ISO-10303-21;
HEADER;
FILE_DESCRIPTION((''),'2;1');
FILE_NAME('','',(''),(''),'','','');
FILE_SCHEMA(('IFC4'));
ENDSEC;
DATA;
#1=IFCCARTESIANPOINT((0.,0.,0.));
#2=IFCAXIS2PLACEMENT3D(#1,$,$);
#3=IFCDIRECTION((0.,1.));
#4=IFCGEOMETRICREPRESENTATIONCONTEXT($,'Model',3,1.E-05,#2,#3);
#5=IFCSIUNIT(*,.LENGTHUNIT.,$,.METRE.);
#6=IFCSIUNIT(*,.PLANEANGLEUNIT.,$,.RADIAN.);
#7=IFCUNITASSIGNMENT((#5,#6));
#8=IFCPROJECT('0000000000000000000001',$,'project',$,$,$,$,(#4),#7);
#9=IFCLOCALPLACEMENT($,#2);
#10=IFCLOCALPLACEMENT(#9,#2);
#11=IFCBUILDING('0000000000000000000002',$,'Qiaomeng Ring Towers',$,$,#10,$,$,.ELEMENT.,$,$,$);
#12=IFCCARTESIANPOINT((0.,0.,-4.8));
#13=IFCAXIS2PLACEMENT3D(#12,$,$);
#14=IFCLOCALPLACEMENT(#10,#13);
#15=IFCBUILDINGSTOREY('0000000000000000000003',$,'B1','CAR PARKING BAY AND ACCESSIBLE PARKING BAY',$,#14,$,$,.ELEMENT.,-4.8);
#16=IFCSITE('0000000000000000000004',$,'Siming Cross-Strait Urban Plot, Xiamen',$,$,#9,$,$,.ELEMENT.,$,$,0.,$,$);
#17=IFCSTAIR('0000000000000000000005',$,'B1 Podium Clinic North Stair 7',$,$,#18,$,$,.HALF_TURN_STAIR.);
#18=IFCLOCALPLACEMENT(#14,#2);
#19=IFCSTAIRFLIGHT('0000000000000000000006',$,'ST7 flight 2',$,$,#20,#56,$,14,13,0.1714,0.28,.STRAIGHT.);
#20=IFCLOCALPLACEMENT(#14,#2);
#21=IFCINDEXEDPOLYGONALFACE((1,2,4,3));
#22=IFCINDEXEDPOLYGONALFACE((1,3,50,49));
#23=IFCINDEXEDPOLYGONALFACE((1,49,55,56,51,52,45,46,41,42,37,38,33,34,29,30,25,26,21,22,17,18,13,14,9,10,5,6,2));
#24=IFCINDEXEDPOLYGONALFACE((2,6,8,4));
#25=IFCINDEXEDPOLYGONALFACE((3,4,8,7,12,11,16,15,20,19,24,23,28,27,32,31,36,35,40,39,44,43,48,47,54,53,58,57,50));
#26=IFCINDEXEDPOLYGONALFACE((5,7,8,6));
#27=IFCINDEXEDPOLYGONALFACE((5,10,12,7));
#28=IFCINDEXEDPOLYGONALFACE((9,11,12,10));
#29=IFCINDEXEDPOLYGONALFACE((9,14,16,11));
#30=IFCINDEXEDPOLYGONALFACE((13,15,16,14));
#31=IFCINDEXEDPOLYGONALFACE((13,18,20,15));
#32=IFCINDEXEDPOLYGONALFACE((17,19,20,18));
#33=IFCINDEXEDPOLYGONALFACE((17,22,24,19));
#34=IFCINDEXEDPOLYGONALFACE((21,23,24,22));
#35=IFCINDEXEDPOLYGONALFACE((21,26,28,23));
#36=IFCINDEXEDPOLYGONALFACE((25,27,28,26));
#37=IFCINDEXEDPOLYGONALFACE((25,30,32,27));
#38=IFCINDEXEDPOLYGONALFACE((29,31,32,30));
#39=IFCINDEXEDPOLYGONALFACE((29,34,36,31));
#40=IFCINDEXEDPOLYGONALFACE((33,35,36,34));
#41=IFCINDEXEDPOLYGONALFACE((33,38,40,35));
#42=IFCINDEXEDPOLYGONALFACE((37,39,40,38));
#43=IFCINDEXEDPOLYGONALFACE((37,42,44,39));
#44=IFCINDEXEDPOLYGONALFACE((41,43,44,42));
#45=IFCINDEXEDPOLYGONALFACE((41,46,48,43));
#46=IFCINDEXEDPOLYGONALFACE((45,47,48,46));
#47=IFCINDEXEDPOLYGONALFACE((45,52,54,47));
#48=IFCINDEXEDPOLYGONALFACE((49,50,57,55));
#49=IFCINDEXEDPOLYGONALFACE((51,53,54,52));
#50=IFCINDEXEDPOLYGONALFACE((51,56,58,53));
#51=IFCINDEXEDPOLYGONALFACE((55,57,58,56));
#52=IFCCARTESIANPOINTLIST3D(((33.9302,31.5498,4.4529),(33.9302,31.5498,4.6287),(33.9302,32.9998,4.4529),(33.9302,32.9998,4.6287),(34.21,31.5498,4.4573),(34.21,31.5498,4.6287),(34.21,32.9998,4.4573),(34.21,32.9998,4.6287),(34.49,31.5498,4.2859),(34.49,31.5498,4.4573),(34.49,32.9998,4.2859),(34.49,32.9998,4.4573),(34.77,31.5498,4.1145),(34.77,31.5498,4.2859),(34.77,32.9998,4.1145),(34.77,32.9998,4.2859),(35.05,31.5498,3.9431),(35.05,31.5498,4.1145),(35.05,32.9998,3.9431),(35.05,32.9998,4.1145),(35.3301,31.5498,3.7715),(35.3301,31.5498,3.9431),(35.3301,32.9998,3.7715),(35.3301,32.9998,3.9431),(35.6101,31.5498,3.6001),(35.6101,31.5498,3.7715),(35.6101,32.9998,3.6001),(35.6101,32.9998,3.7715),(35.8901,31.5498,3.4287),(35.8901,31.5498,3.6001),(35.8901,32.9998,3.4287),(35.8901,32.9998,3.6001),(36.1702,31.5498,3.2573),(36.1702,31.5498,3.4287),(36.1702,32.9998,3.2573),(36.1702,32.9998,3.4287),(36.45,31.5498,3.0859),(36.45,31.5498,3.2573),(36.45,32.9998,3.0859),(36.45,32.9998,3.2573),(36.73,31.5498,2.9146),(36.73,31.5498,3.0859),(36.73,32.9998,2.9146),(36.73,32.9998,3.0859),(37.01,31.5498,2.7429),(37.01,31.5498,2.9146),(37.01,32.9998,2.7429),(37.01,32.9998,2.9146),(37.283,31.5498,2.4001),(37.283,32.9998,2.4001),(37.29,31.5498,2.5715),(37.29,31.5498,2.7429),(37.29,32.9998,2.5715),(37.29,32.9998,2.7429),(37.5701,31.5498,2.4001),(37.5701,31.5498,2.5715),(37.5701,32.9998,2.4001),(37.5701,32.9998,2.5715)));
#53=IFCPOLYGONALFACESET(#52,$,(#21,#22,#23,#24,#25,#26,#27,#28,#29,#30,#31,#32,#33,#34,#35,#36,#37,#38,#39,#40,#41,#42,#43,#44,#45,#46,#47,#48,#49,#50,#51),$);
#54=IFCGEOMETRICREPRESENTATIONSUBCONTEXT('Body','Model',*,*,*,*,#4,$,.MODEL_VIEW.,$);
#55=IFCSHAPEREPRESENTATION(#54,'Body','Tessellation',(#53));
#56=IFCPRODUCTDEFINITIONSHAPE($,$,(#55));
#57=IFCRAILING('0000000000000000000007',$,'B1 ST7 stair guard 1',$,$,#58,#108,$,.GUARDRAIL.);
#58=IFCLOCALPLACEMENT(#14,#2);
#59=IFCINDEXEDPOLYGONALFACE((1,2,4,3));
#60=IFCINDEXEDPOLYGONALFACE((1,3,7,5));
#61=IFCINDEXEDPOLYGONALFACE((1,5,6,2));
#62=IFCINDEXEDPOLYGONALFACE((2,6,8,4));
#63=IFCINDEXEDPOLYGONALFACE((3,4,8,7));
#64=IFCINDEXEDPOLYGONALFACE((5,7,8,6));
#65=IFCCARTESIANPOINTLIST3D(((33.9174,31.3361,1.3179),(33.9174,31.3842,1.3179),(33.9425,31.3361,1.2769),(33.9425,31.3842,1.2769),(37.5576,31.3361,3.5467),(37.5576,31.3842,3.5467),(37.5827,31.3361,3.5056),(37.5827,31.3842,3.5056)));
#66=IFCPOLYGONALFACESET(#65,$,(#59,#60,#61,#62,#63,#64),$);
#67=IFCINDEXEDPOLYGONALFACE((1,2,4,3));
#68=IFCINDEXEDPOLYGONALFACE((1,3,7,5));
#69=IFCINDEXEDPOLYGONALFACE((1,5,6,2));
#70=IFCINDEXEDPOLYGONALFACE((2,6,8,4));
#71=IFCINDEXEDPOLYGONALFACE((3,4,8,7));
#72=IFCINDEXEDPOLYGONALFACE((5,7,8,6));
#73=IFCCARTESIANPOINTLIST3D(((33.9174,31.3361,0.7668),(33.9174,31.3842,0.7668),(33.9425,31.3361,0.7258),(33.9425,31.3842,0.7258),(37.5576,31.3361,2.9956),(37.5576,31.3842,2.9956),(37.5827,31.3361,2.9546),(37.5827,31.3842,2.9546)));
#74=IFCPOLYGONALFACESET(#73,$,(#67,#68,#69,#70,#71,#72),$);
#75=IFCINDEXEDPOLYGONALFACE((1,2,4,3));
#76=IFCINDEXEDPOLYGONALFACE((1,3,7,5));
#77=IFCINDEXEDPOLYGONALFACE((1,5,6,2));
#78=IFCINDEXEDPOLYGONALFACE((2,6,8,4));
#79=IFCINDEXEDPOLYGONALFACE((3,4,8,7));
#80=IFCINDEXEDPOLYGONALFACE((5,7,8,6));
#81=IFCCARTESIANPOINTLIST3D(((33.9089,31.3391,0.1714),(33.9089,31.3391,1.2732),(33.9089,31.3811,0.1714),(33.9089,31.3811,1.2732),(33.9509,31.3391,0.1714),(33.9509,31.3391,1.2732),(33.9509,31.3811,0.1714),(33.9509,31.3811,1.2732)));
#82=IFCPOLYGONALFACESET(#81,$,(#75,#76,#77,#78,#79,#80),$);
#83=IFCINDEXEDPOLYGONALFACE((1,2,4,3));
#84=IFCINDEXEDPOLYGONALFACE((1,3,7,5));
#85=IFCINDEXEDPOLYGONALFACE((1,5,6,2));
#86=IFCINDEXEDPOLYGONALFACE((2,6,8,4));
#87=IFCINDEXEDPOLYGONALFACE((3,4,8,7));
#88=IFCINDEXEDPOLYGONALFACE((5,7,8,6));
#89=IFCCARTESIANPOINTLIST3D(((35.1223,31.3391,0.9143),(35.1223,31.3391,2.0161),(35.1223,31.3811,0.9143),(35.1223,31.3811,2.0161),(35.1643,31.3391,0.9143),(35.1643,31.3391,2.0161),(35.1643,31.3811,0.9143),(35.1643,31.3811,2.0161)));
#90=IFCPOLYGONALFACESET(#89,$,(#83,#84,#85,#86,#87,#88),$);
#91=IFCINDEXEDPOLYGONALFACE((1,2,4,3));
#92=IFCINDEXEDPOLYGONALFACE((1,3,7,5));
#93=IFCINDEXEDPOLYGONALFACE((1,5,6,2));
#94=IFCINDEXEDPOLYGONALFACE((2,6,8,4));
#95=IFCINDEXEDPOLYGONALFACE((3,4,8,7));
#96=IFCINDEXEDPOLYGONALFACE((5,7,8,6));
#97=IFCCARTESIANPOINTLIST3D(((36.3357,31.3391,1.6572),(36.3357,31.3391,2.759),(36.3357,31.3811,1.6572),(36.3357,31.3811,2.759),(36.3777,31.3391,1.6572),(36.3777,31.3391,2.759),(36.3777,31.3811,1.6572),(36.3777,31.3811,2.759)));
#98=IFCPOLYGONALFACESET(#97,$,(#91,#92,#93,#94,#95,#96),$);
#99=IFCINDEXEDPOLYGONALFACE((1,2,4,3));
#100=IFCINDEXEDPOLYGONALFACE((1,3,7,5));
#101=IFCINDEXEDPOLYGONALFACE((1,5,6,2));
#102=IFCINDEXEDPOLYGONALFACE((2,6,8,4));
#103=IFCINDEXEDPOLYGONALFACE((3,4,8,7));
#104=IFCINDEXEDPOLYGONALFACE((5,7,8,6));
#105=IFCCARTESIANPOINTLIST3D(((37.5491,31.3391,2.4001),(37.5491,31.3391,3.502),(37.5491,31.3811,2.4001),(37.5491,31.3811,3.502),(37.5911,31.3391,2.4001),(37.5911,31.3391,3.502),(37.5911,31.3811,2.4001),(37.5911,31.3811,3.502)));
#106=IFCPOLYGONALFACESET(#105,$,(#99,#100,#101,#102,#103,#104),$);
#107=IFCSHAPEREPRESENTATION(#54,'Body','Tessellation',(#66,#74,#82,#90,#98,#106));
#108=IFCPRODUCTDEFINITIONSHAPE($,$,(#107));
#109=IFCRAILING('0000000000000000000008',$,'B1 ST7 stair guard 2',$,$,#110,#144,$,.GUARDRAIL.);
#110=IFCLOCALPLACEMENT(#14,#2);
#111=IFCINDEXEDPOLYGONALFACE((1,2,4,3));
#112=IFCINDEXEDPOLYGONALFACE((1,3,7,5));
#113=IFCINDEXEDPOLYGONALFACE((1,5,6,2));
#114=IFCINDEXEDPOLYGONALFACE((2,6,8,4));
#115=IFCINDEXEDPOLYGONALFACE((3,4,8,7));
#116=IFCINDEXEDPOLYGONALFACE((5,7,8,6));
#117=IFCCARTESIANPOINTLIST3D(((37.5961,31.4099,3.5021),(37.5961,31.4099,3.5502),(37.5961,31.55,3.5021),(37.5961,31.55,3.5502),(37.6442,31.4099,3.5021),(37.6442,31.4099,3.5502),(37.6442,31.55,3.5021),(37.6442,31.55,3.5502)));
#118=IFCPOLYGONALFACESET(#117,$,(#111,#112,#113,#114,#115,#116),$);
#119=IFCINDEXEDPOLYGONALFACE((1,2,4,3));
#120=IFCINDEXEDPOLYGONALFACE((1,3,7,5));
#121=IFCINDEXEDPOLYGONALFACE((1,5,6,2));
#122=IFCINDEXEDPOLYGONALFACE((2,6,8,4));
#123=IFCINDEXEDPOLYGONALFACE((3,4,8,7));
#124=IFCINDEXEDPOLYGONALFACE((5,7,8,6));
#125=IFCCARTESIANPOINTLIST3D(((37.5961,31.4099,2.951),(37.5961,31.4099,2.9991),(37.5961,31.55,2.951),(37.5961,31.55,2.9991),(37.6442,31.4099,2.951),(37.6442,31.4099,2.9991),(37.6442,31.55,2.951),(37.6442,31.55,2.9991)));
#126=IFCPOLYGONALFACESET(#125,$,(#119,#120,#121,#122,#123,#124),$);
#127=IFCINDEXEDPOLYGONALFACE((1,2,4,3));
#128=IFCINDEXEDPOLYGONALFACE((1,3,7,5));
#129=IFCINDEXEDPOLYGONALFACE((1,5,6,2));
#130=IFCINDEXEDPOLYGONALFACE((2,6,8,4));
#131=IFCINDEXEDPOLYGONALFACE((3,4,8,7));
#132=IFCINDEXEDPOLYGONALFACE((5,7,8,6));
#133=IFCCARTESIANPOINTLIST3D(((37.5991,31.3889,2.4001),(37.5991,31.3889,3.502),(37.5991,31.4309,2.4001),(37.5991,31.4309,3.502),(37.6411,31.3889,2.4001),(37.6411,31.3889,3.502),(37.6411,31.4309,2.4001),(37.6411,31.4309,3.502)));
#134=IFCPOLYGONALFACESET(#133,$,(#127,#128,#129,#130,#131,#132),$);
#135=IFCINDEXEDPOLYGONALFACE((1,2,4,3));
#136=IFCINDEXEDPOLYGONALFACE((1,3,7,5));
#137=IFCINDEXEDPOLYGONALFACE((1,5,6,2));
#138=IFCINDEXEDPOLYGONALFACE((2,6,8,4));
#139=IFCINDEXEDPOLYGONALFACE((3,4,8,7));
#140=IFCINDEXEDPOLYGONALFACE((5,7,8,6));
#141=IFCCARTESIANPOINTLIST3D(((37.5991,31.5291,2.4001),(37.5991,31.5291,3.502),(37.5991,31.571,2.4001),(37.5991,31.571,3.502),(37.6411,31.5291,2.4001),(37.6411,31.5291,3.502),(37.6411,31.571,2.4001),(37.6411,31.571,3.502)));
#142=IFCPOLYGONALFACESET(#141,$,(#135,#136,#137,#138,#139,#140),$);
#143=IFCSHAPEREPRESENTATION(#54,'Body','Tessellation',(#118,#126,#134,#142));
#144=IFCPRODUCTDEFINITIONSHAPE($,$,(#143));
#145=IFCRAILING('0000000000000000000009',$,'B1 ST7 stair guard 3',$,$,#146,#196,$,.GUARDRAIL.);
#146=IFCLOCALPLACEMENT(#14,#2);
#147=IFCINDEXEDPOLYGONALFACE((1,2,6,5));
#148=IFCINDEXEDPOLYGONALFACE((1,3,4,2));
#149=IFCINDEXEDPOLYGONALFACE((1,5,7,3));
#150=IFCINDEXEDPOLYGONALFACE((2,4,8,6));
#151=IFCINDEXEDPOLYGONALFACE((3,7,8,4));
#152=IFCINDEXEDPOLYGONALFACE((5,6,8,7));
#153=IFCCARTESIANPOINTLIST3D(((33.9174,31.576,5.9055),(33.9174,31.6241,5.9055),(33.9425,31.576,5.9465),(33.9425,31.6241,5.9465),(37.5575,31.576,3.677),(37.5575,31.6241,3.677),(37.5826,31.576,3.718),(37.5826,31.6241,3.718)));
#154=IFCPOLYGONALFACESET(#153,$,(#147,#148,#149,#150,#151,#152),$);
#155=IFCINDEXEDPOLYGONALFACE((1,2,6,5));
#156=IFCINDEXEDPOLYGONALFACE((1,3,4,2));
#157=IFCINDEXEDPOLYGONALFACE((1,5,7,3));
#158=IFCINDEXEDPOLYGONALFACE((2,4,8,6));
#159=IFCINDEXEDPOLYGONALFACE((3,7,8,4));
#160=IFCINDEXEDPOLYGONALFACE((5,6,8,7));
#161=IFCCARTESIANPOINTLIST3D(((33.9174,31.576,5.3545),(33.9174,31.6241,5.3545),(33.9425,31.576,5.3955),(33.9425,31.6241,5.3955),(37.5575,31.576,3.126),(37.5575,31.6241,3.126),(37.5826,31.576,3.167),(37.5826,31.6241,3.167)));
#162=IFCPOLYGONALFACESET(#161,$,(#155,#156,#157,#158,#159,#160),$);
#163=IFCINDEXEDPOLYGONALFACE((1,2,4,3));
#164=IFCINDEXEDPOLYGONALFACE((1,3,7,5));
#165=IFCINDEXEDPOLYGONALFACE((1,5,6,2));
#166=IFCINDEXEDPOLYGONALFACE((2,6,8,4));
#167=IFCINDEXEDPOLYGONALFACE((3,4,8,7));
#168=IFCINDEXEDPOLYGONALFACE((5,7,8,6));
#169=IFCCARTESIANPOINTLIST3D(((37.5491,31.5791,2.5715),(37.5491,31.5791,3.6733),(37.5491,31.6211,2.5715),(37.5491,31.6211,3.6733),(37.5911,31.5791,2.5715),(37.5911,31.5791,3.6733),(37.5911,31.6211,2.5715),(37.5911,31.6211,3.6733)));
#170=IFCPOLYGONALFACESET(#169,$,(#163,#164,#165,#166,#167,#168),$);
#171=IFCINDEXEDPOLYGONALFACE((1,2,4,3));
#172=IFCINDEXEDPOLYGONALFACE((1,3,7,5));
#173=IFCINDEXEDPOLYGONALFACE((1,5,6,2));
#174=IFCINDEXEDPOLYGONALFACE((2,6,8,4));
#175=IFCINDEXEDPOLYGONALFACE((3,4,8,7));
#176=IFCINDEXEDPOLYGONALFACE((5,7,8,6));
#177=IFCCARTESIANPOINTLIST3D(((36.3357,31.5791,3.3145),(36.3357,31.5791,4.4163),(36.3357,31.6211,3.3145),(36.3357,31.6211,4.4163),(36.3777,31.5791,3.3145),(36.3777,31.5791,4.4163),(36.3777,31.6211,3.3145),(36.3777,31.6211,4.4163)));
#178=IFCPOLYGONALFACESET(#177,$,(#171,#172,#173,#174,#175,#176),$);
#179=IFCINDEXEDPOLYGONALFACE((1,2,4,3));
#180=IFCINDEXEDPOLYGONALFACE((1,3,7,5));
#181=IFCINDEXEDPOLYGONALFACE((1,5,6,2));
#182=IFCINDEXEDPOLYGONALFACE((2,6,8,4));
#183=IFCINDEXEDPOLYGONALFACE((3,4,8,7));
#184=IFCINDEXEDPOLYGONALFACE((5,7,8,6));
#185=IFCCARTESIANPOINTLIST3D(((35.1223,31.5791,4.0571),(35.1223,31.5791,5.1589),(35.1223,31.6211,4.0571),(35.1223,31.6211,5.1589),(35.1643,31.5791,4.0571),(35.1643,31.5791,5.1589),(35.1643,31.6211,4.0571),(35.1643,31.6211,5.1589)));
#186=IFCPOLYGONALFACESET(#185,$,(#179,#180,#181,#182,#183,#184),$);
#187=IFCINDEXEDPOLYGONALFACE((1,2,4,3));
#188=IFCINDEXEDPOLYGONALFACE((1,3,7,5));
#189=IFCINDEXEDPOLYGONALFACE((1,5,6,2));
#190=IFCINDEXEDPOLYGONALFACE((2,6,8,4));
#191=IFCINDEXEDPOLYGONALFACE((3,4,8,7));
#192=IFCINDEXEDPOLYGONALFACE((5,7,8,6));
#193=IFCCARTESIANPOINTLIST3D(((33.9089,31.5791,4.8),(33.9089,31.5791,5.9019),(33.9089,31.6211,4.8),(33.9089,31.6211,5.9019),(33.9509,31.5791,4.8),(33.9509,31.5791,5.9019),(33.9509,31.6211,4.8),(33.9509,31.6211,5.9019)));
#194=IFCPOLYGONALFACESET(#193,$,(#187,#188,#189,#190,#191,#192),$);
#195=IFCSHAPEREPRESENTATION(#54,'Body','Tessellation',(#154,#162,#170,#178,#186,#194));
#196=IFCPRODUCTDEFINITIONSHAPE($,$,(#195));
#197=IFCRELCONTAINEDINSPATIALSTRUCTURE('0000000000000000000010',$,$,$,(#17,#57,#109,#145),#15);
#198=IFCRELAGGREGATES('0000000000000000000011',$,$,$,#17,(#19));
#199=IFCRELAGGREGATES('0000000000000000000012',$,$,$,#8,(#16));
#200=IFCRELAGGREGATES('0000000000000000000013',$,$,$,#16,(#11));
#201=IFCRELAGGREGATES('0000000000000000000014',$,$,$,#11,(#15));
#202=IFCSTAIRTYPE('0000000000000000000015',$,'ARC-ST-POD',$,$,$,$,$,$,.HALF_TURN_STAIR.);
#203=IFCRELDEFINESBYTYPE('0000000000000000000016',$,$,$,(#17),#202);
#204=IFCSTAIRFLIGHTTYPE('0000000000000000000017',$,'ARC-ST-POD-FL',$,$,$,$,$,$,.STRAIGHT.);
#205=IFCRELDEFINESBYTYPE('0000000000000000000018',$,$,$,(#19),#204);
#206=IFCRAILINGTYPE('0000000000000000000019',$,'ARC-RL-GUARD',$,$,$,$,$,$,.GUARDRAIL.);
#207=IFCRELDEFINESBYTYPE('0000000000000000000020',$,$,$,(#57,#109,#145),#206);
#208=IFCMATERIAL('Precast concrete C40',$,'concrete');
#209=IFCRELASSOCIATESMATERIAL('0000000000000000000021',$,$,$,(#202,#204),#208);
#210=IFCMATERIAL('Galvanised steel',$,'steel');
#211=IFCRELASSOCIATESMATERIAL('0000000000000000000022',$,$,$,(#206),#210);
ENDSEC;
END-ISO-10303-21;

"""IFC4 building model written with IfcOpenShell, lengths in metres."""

from ifc_helpers import new_model, si_unit, direction, frame, origin, origin_2d, place, context, subcontext, project, spatial, polyline, rectangle, outline, extrude, source, transform, mapped, material, type_object, element, aggregate, save


model = new_model("IFC4")

# Units and contexts
model_context = context("Model", 3, precision=1e-05, world=origin(), true_north=direction((0.0, 1.0)))
body_context = subcontext(model_context, "Body", "Model", "MODEL_VIEW")
ifc_project = project(units=[si_unit("LENGTHUNIT", "METRE"), si_unit("PLANEANGLEUNIT", "RADIAN")], contexts=[model_context])

# Site, building, storey
site_placement = place(None, origin())
site = spatial("IfcSite", under=ifc_project, at=site_placement, Name="Siming Cross-Strait Urban Plot, Xiamen", CompositionType="ELEMENT", RefElevation=0.0)
building_placement = place(site_placement, origin())
building = spatial("IfcBuilding", under=site, at=building_placement, Name="Qiaomeng Ring Towers", CompositionType="ELEMENT")
storey_placement = place(building_placement, frame((0.0, 0.0, -4.8)))
storey = spatial("IfcBuildingStorey", under=building, at=storey_placement, Name="B1", Description="CAR PARKING BAY AND ACCESSIBLE PARKING BAY", CompositionType="ELEMENT", Elevation=-4.8)

# Stair, stair flight
ifc_material_1 = material(Name="Precast concrete C40", Category="concrete")
stair_type = type_object("IfcStairType", Name="ARC-ST-POD", PredefinedType="HALF_TURN_STAIR", material=ifc_material_1)
stair_placement = place(storey_placement, origin())
stair = element("IfcStair", 1, at=stair_placement, inside=storey, type_object=stair_type, Name="B1 Podium Clinic North Stair 7", PredefinedType="HALF_TURN_STAIR")
stair_flight_type = type_object("IfcStairFlightType", Name="ARC-ST-POD-FL", PredefinedType="STRAIGHT", material=ifc_material_1)
shared_shape_1 = source(origin(), body_context, "Body", "SweptSolid", [
    extrude(outline(polyline([(0.0, 0.0), (0.0, 0.1714), (0.28, 0.1714), (0.28, 0.3428), (0.5601, 0.3428), (0.5601, 0.5144), (0.8401, 0.5144), (0.8401, 0.6858), (1.1201, 0.6858), (1.1201, 0.8572), (1.3999, 0.8572), (1.3999, 1.0286), (1.6799, 1.0286), (1.6799, 1.2), (1.96, 1.2), (1.96, 1.3713), (2.24, 1.3713), (2.24, 1.543), (2.52, 1.543), (2.52, 1.7144), (2.8, 1.7144), (2.8, 1.8857), (3.0801, 1.8857), (3.0801, 2.0571), (3.3601, 2.0571), (3.3601, 2.2285), (3.6399, 2.2285), (3.6399, 2.3999), (3.6399, 2.0527), (0.2871, 0.0), (0.0, 0.0)])), frame((0.0, 0.7251, 0.0), z_axis=(0.0, -1.0, 0.0), x_axis=(1.0, 0.0, 0.0)), (0.0, 0.0, 1.0), 1.45),
])
stair_flight_1_placement = place(storey_placement, frame((37.5701, 32.2749, 2.4001), z_axis=(0.0, 0.0, 1.0), x_axis=(-1.0, 0.0, 0.0)))
stair_flight_1 = element("IfcStairFlight", 2, at=stair_flight_1_placement, type_object=stair_flight_type, Name="ST7 flight 2", NumberOfRisers=14, NumberOfTreads=13, PredefinedType="STRAIGHT", RiserHeight=0.1714, TreadLength=0.28, context=body_context, shape_type="MappedRepresentation", body=[
    mapped(shared_shape_1, transform((0.0, 0.0, 0.0), x_axis=(1.0, 0.0, 0.0), y_axis=(0.0, 1.0, 0.0), z_axis=(0.0, 0.0, 1.0), scale=1.0)),
])
aggregate(stair, [stair_flight_1])

# Railings
ifc_material_2 = material(Name="Galvanised steel", Category="steel")
railing_type_1 = type_object("IfcRailingType", Name="ARC-RL-GUARD", PredefinedType="GUARDRAIL", material=ifc_material_2)
railing_1_placement = place(storey_placement, frame((33.9299, 31.3601, 0.1714)))
element("IfcRailing", 3, at=railing_1_placement, inside=storey, type_object=railing_type_1, Name="B1 ST7 stair guard 1", PredefinedType="GUARDRAIL", context=body_context, shape_type="SweptSolid", body=[
    extrude(rectangle(XDim=0.0481, YDim=0.0481, at=origin_2d()), frame((0.0, 0.0, 1.126), z_axis=(0.85284, 0.0, 0.522172), x_axis=(0.0, 1.0, 0.0)), (0.0, 0.0, 1.0), 4.2683),
    extrude(rectangle(XDim=0.0481, YDim=0.0481, at=origin_2d()), frame((0.0, 0.0, 0.575), z_axis=(0.85284, 0.0, 0.522172), x_axis=(0.0, 1.0, 0.0)), (0.0, 0.0, 1.0), 4.2683),
    extrude(rectangle(XDim=0.042, YDim=0.042, at=origin_2d()), origin(), (0.0, 0.0, 1.0), 1.1018),
    extrude(rectangle(XDim=0.042, YDim=0.042, at=origin_2d()), frame((1.2134, 0.0, 0.7429)), (0.0, 0.0, 1.0), 1.1018),
    extrude(rectangle(XDim=0.042, YDim=0.042, at=origin_2d()), frame((2.4268, 0.0, 1.4858)), (0.0, 0.0, 1.0), 1.1018),
    extrude(rectangle(XDim=0.042, YDim=0.042, at=origin_2d()), frame((3.6401, 0.0, 2.2288)), (0.0, 0.0, 1.0), 1.1018),
])
railing_2_placement = place(storey_placement, frame((37.6201, 31.4099, 2.4001)))
element("IfcRailing", 4, at=railing_2_placement, inside=storey, type_object=railing_type_1, Name="B1 ST7 stair guard 2", PredefinedType="GUARDRAIL", context=body_context, shape_type="SweptSolid", body=[
    extrude(rectangle(XDim=0.0481, YDim=0.0481, at=origin_2d()), frame((0.0, 0.0, 1.126), z_axis=(0.0, 1.0, 0.0), x_axis=(-1.0, 0.0, 0.0)), (0.0, 0.0, 1.0), 0.1401),
    extrude(rectangle(XDim=0.0481, YDim=0.0481, at=origin_2d()), frame((0.0, 0.0, 0.575), z_axis=(0.0, 1.0, 0.0), x_axis=(-1.0, 0.0, 0.0)), (0.0, 0.0, 1.0), 0.1401),
    extrude(rectangle(XDim=0.042, YDim=0.042, at=origin_2d()), origin(), (0.0, 0.0, 1.0), 1.1018),
    extrude(rectangle(XDim=0.042, YDim=0.042, at=origin_2d()), frame((0.0, 0.1401, 0.0)), (0.0, 0.0, 1.0), 1.1018),
])
railing_3_placement = place(storey_placement, frame((37.5701, 31.6001, 2.5715)))
element("IfcRailing", 5, at=railing_3_placement, inside=storey, type_object=railing_type_1, Name="B1 ST7 stair guard 3", PredefinedType="GUARDRAIL", context=body_context, shape_type="SweptSolid", body=[
    extrude(rectangle(XDim=0.0481, YDim=0.0481, at=origin_2d()), frame((0.0, 0.0, 1.126), z_axis=(-0.852866, 0.0, 0.52213), x_axis=(0.0, -1.0, 0.0)), (0.0, 0.0, 1.0), 4.2681),
    extrude(rectangle(XDim=0.0481, YDim=0.0481, at=origin_2d()), frame((0.0, 0.0, 0.575), z_axis=(-0.852866, 0.0, 0.52213), x_axis=(0.0, -1.0, 0.0)), (0.0, 0.0, 1.0), 4.2681),
    extrude(rectangle(XDim=0.042, YDim=0.042, at=origin_2d()), origin(), (0.0, 0.0, 1.0), 1.1018),
    extrude(rectangle(XDim=0.042, YDim=0.042, at=origin_2d()), frame((-1.2134, 0.0, 0.7429)), (0.0, 0.0, 1.0), 1.1018),
    extrude(rectangle(XDim=0.042, YDim=0.042, at=origin_2d()), frame((-2.4268, 0.0, 1.4856)), (0.0, 0.0, 1.0), 1.1018),
    extrude(rectangle(XDim=0.042, YDim=0.042, at=origin_2d()), frame((-3.6401, 0.0, 2.2285)), (0.0, 0.0, 1.0), 1.1018),
])

save(model, "model.ifc")
